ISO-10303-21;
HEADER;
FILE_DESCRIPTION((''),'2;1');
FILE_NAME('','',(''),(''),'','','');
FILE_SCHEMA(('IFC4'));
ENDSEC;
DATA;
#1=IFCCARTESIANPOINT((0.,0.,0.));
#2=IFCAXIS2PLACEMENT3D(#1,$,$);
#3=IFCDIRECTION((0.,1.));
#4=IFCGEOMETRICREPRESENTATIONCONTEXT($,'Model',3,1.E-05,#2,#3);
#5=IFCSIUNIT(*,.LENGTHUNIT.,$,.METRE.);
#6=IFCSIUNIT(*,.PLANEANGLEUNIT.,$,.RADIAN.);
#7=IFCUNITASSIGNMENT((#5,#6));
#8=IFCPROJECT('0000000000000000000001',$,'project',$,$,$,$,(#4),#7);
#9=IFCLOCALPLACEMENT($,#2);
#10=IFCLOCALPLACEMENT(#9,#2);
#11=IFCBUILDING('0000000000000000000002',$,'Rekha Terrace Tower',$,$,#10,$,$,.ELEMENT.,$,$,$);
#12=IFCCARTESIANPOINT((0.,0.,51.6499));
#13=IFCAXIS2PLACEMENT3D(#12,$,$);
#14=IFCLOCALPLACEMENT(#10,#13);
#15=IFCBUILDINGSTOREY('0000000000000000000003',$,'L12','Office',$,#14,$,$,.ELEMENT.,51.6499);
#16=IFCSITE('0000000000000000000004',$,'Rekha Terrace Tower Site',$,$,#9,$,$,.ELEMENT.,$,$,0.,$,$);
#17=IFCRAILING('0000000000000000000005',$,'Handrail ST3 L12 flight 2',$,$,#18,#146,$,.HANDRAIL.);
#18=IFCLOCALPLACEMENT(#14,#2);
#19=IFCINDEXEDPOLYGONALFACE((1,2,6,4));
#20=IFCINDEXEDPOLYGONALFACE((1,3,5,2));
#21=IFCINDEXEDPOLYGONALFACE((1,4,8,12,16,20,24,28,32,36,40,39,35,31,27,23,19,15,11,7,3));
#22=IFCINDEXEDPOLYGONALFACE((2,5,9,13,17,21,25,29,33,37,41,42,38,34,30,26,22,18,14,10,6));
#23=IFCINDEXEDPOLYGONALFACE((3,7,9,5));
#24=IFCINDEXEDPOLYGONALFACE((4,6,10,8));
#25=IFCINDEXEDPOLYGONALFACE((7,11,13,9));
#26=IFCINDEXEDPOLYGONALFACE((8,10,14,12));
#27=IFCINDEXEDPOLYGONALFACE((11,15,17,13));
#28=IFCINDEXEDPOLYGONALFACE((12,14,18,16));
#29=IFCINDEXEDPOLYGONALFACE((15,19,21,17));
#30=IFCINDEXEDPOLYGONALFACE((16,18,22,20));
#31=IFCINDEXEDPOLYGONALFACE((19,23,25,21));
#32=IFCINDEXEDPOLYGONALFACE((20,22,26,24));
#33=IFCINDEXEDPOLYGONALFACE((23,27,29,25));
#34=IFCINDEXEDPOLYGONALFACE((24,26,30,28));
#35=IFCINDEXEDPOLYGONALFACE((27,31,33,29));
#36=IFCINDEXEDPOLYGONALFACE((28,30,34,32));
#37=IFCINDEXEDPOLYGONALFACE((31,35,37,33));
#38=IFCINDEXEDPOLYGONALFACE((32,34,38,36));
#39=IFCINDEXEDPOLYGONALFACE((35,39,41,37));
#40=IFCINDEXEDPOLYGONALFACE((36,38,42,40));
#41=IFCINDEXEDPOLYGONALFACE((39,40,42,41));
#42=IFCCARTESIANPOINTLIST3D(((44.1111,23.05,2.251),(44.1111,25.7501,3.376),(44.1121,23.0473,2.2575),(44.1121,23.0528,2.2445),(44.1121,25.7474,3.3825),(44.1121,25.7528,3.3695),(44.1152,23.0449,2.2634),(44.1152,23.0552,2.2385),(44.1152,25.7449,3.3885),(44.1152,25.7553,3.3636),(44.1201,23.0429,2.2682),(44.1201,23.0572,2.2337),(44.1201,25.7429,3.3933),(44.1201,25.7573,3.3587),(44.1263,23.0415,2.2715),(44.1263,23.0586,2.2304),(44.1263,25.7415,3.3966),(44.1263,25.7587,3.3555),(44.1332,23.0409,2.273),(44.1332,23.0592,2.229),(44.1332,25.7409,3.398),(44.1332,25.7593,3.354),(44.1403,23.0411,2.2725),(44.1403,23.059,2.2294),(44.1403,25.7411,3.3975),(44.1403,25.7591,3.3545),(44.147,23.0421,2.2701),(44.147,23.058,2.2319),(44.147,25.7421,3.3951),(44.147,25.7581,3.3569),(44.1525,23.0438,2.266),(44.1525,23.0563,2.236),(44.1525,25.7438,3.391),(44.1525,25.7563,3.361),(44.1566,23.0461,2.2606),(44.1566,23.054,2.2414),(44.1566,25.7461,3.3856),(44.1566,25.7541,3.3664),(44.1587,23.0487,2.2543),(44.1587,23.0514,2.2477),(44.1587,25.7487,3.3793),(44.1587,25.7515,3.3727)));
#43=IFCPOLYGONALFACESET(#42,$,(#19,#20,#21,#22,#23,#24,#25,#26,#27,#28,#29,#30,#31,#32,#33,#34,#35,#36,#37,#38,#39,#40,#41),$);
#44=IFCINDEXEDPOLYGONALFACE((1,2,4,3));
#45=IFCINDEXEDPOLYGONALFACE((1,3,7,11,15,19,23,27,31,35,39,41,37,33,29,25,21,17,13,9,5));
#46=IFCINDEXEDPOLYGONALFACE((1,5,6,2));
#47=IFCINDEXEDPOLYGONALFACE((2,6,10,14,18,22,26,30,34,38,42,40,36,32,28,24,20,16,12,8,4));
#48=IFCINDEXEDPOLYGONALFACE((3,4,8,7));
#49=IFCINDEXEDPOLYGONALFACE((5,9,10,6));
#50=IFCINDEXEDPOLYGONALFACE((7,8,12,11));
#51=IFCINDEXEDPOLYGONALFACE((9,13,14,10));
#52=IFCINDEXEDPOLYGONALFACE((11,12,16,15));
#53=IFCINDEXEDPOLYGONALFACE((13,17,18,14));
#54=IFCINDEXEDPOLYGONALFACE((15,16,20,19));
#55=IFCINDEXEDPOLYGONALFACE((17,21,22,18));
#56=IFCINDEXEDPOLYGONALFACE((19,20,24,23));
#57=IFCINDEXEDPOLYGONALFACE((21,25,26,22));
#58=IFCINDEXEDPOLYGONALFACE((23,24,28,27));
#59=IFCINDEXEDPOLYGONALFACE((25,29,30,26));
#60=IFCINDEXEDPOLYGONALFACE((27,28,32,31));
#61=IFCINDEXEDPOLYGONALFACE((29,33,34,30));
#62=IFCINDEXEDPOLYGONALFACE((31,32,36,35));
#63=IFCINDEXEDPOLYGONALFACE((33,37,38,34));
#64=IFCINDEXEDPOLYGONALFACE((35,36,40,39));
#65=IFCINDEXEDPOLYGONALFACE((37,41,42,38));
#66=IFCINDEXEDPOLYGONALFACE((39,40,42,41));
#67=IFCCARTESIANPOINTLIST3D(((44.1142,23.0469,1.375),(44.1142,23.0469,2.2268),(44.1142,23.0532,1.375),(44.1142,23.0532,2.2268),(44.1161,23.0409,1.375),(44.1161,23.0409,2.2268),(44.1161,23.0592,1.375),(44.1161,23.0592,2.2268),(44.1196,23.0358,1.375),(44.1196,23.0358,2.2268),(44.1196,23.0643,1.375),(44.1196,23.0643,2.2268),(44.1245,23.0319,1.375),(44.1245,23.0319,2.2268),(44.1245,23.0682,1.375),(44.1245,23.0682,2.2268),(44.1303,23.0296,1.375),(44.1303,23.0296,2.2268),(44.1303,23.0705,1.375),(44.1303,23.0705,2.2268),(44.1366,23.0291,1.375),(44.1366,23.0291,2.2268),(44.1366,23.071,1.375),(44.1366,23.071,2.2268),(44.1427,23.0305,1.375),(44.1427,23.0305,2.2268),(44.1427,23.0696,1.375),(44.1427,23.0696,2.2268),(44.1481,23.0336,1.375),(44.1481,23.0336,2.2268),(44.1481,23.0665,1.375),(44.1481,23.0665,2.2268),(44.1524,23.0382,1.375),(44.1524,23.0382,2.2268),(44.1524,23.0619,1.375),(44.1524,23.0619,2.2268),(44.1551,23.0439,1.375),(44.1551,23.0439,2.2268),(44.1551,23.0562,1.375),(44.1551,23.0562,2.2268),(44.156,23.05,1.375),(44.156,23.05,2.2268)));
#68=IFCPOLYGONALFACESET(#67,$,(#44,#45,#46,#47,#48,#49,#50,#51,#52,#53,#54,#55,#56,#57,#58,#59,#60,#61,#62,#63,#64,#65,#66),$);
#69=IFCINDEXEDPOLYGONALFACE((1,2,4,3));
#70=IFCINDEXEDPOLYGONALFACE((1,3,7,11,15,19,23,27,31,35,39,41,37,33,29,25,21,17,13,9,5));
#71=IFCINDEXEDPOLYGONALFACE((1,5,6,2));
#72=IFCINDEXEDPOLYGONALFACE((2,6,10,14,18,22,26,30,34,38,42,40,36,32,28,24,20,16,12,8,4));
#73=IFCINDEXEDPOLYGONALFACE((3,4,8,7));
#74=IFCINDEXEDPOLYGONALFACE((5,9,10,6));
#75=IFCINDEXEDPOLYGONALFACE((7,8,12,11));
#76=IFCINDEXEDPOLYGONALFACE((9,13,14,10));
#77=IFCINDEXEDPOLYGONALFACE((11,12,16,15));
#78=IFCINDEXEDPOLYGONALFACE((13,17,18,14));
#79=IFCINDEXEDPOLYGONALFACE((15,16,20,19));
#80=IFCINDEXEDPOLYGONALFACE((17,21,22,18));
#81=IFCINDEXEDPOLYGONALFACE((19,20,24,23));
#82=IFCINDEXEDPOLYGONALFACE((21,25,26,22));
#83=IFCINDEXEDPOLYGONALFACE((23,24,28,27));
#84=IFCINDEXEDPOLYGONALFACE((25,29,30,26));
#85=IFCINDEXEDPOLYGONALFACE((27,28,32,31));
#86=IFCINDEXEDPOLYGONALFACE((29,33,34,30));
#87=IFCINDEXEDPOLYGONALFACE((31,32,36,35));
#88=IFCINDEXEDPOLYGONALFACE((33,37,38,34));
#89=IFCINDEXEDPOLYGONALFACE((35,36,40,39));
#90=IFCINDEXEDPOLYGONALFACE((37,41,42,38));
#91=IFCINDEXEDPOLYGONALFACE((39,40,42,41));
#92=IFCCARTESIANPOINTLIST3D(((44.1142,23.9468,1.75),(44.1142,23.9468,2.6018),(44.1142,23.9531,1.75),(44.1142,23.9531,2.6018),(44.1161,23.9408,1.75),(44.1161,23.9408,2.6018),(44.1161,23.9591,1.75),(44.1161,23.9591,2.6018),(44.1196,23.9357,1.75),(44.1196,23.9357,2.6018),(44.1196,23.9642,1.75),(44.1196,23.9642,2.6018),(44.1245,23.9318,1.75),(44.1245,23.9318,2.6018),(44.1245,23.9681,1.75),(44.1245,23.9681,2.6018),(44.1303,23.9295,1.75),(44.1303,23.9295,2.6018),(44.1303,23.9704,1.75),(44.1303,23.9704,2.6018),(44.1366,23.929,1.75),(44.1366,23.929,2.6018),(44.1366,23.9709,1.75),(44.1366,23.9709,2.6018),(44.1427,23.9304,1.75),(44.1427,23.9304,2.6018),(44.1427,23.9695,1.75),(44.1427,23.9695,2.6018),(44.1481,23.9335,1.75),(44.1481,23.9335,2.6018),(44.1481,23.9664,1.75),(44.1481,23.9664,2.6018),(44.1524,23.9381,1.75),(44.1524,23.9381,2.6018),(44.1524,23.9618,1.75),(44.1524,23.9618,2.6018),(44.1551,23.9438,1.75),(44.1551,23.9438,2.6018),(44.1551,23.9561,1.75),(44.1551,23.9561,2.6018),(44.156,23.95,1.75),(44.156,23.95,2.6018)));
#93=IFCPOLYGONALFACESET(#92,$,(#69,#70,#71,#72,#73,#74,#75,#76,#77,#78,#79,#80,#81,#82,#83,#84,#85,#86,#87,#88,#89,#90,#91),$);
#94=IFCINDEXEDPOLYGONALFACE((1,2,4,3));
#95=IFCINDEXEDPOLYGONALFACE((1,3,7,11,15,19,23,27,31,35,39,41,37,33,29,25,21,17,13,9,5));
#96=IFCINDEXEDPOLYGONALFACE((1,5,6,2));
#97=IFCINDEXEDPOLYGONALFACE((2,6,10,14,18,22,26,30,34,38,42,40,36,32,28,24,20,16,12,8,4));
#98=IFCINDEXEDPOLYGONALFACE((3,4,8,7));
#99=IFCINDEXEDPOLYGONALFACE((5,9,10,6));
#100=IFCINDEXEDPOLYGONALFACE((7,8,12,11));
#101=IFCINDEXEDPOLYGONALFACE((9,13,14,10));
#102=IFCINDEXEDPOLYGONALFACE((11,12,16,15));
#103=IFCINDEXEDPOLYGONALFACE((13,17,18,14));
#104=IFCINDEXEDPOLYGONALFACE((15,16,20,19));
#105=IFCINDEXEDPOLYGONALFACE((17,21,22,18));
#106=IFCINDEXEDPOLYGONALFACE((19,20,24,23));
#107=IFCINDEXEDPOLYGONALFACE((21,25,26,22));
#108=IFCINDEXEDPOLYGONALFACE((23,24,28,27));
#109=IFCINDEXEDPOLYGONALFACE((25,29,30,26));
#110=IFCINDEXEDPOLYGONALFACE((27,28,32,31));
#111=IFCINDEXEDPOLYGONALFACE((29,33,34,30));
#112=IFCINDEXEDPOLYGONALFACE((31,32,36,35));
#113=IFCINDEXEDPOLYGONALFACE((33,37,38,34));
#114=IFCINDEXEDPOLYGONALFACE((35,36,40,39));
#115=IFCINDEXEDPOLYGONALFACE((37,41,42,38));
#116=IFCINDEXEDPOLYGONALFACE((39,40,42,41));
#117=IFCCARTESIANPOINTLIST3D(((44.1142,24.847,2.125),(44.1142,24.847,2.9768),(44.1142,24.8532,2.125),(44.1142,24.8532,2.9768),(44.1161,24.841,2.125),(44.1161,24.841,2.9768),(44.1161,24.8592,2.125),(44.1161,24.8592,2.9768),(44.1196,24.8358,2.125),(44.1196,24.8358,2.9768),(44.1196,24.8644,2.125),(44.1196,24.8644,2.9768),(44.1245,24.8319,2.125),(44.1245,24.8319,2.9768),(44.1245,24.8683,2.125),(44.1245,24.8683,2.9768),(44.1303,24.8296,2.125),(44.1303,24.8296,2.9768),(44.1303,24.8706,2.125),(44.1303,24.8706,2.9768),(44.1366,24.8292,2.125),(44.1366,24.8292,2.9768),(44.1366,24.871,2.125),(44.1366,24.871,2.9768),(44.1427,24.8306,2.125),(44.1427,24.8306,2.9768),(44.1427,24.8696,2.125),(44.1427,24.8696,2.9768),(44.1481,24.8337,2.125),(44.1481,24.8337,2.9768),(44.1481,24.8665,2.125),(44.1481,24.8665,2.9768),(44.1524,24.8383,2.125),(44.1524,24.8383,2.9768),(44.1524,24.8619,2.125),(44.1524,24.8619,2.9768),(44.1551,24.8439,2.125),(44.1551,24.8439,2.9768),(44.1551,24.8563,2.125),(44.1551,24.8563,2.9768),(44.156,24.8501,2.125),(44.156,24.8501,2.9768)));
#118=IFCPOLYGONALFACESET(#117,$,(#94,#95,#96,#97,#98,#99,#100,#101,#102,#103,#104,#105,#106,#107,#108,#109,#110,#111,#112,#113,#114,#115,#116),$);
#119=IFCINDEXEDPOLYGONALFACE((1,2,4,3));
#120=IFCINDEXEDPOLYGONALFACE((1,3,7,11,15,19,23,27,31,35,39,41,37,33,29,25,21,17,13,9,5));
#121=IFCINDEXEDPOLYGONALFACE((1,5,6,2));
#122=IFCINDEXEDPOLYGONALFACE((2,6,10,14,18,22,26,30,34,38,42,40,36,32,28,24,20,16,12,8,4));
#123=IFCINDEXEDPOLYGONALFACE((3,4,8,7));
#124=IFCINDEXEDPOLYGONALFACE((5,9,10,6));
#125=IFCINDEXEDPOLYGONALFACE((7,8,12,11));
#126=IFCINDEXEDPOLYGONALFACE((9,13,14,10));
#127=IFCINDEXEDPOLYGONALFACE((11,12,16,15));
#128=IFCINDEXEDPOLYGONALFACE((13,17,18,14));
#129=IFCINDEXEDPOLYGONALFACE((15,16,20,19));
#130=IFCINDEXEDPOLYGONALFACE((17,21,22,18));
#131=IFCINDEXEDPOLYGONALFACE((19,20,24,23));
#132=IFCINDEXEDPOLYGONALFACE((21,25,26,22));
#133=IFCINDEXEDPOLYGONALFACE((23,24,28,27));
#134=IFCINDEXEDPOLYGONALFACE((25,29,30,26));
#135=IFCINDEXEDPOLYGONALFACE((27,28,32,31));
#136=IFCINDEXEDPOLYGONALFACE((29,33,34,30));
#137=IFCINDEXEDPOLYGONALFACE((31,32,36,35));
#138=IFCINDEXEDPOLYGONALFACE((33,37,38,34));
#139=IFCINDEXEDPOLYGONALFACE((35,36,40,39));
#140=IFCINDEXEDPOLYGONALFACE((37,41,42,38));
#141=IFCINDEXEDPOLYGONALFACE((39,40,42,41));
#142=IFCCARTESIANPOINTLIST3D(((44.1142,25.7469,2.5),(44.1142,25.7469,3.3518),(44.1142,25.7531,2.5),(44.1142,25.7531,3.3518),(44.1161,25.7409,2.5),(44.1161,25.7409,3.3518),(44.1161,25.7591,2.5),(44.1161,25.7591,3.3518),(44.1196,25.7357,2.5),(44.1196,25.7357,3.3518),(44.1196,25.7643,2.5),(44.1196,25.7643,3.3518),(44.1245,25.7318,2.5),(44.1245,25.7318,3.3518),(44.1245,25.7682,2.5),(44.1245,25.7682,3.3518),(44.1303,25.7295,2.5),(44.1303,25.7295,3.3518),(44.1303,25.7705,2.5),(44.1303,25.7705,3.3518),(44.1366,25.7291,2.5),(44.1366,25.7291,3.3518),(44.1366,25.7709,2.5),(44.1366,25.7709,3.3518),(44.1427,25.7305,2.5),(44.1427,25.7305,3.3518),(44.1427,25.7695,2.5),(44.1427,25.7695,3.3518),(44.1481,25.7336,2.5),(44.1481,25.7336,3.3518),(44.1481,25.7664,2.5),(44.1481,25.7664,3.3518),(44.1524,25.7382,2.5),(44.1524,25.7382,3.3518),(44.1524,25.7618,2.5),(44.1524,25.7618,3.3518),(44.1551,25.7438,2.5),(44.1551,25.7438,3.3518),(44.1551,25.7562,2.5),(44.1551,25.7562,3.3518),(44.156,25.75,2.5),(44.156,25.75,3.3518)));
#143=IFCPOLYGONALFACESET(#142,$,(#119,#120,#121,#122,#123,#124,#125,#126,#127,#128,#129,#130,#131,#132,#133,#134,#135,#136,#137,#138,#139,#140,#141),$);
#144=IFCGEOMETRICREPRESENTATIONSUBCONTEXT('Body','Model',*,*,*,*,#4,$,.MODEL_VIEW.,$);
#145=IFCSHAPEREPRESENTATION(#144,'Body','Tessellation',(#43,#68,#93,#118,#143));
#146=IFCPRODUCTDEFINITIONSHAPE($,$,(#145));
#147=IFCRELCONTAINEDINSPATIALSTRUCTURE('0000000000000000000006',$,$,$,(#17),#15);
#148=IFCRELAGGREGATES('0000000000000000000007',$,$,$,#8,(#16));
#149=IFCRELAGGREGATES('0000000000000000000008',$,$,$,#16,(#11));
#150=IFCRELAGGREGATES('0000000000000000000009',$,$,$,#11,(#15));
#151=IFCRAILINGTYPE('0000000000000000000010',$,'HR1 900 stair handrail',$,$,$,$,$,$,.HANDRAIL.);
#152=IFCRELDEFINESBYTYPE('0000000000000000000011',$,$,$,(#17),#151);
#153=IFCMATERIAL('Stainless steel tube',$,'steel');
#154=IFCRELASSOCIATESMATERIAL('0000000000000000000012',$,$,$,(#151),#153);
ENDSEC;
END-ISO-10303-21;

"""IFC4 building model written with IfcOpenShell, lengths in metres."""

from ifc_helpers import new_model, si_unit, direction, frame, origin, origin_2d, place, context, subcontext, project, spatial, circle, extrude, material, type_object, element, save


model = new_model("IFC4")

# Units and contexts
model_context = context("Model", 3, precision=1e-05, world=origin(), true_north=direction((0.0, 1.0)))
body_context = subcontext(model_context, "Body", "Model", "MODEL_VIEW")
ifc_project = project(units=[si_unit("LENGTHUNIT", "METRE"), si_unit("PLANEANGLEUNIT", "RADIAN")], contexts=[model_context])

# Site, building, storey
site_placement = place(None, origin())
site = spatial("IfcSite", under=ifc_project, at=site_placement, Name="Rekha Terrace Tower Site", CompositionType="ELEMENT", RefElevation=0.0)
building_placement = place(site_placement, origin())
building = spatial("IfcBuilding", under=site, at=building_placement, Name="Rekha Terrace Tower", CompositionType="ELEMENT")
storey_placement = place(building_placement, frame((0.0, 0.0, 51.6499)))
storey = spatial("IfcBuildingStorey", under=building, at=storey_placement, Name="L12", Description="Office", CompositionType="ELEMENT", Elevation=51.6499)

# Railing
ifc_material_1 = material(Name="Stainless steel tube", Category="steel")
railing_type = type_object("IfcRailingType", Name="HR1 900 stair handrail", PredefinedType="HANDRAIL", material=ifc_material_1)
railing_placement = place(storey_placement, frame((44.135, 23.05, 1.375)))
element("IfcRailing", 1, at=railing_placement, inside=storey, type_object=railing_type, Name="Handrail ST3 L12 flight 2", PredefinedType="HANDRAIL", context=body_context, shape_type="SweptSolid", body=[
    extrude(circle(Radius=0.0239, at=origin_2d()), frame((0.0, 0.0, 0.876), z_axis=(0.0, 0.923074, 0.384621), x_axis=(-1.0, 0.0, 0.0)), (0.0, 0.0, 1.0), 2.925),
    extrude(circle(Radius=0.021, at=origin_2d()), origin(), (0.0, 0.0, 1.0), 0.8518),
    extrude(circle(Radius=0.021, at=origin_2d()), frame((0.0, 0.8999, 0.375)), (0.0, 0.0, 1.0), 0.8518),
    extrude(circle(Radius=0.021, at=origin_2d()), frame((0.0, 1.8, 0.75)), (0.0, 0.0, 1.0), 0.8518),
    extrude(circle(Radius=0.021, at=origin_2d()), frame((0.0, 2.7, 1.125)), (0.0, 0.0, 1.0), 0.8518),
])

save(model, "model.ifc")
